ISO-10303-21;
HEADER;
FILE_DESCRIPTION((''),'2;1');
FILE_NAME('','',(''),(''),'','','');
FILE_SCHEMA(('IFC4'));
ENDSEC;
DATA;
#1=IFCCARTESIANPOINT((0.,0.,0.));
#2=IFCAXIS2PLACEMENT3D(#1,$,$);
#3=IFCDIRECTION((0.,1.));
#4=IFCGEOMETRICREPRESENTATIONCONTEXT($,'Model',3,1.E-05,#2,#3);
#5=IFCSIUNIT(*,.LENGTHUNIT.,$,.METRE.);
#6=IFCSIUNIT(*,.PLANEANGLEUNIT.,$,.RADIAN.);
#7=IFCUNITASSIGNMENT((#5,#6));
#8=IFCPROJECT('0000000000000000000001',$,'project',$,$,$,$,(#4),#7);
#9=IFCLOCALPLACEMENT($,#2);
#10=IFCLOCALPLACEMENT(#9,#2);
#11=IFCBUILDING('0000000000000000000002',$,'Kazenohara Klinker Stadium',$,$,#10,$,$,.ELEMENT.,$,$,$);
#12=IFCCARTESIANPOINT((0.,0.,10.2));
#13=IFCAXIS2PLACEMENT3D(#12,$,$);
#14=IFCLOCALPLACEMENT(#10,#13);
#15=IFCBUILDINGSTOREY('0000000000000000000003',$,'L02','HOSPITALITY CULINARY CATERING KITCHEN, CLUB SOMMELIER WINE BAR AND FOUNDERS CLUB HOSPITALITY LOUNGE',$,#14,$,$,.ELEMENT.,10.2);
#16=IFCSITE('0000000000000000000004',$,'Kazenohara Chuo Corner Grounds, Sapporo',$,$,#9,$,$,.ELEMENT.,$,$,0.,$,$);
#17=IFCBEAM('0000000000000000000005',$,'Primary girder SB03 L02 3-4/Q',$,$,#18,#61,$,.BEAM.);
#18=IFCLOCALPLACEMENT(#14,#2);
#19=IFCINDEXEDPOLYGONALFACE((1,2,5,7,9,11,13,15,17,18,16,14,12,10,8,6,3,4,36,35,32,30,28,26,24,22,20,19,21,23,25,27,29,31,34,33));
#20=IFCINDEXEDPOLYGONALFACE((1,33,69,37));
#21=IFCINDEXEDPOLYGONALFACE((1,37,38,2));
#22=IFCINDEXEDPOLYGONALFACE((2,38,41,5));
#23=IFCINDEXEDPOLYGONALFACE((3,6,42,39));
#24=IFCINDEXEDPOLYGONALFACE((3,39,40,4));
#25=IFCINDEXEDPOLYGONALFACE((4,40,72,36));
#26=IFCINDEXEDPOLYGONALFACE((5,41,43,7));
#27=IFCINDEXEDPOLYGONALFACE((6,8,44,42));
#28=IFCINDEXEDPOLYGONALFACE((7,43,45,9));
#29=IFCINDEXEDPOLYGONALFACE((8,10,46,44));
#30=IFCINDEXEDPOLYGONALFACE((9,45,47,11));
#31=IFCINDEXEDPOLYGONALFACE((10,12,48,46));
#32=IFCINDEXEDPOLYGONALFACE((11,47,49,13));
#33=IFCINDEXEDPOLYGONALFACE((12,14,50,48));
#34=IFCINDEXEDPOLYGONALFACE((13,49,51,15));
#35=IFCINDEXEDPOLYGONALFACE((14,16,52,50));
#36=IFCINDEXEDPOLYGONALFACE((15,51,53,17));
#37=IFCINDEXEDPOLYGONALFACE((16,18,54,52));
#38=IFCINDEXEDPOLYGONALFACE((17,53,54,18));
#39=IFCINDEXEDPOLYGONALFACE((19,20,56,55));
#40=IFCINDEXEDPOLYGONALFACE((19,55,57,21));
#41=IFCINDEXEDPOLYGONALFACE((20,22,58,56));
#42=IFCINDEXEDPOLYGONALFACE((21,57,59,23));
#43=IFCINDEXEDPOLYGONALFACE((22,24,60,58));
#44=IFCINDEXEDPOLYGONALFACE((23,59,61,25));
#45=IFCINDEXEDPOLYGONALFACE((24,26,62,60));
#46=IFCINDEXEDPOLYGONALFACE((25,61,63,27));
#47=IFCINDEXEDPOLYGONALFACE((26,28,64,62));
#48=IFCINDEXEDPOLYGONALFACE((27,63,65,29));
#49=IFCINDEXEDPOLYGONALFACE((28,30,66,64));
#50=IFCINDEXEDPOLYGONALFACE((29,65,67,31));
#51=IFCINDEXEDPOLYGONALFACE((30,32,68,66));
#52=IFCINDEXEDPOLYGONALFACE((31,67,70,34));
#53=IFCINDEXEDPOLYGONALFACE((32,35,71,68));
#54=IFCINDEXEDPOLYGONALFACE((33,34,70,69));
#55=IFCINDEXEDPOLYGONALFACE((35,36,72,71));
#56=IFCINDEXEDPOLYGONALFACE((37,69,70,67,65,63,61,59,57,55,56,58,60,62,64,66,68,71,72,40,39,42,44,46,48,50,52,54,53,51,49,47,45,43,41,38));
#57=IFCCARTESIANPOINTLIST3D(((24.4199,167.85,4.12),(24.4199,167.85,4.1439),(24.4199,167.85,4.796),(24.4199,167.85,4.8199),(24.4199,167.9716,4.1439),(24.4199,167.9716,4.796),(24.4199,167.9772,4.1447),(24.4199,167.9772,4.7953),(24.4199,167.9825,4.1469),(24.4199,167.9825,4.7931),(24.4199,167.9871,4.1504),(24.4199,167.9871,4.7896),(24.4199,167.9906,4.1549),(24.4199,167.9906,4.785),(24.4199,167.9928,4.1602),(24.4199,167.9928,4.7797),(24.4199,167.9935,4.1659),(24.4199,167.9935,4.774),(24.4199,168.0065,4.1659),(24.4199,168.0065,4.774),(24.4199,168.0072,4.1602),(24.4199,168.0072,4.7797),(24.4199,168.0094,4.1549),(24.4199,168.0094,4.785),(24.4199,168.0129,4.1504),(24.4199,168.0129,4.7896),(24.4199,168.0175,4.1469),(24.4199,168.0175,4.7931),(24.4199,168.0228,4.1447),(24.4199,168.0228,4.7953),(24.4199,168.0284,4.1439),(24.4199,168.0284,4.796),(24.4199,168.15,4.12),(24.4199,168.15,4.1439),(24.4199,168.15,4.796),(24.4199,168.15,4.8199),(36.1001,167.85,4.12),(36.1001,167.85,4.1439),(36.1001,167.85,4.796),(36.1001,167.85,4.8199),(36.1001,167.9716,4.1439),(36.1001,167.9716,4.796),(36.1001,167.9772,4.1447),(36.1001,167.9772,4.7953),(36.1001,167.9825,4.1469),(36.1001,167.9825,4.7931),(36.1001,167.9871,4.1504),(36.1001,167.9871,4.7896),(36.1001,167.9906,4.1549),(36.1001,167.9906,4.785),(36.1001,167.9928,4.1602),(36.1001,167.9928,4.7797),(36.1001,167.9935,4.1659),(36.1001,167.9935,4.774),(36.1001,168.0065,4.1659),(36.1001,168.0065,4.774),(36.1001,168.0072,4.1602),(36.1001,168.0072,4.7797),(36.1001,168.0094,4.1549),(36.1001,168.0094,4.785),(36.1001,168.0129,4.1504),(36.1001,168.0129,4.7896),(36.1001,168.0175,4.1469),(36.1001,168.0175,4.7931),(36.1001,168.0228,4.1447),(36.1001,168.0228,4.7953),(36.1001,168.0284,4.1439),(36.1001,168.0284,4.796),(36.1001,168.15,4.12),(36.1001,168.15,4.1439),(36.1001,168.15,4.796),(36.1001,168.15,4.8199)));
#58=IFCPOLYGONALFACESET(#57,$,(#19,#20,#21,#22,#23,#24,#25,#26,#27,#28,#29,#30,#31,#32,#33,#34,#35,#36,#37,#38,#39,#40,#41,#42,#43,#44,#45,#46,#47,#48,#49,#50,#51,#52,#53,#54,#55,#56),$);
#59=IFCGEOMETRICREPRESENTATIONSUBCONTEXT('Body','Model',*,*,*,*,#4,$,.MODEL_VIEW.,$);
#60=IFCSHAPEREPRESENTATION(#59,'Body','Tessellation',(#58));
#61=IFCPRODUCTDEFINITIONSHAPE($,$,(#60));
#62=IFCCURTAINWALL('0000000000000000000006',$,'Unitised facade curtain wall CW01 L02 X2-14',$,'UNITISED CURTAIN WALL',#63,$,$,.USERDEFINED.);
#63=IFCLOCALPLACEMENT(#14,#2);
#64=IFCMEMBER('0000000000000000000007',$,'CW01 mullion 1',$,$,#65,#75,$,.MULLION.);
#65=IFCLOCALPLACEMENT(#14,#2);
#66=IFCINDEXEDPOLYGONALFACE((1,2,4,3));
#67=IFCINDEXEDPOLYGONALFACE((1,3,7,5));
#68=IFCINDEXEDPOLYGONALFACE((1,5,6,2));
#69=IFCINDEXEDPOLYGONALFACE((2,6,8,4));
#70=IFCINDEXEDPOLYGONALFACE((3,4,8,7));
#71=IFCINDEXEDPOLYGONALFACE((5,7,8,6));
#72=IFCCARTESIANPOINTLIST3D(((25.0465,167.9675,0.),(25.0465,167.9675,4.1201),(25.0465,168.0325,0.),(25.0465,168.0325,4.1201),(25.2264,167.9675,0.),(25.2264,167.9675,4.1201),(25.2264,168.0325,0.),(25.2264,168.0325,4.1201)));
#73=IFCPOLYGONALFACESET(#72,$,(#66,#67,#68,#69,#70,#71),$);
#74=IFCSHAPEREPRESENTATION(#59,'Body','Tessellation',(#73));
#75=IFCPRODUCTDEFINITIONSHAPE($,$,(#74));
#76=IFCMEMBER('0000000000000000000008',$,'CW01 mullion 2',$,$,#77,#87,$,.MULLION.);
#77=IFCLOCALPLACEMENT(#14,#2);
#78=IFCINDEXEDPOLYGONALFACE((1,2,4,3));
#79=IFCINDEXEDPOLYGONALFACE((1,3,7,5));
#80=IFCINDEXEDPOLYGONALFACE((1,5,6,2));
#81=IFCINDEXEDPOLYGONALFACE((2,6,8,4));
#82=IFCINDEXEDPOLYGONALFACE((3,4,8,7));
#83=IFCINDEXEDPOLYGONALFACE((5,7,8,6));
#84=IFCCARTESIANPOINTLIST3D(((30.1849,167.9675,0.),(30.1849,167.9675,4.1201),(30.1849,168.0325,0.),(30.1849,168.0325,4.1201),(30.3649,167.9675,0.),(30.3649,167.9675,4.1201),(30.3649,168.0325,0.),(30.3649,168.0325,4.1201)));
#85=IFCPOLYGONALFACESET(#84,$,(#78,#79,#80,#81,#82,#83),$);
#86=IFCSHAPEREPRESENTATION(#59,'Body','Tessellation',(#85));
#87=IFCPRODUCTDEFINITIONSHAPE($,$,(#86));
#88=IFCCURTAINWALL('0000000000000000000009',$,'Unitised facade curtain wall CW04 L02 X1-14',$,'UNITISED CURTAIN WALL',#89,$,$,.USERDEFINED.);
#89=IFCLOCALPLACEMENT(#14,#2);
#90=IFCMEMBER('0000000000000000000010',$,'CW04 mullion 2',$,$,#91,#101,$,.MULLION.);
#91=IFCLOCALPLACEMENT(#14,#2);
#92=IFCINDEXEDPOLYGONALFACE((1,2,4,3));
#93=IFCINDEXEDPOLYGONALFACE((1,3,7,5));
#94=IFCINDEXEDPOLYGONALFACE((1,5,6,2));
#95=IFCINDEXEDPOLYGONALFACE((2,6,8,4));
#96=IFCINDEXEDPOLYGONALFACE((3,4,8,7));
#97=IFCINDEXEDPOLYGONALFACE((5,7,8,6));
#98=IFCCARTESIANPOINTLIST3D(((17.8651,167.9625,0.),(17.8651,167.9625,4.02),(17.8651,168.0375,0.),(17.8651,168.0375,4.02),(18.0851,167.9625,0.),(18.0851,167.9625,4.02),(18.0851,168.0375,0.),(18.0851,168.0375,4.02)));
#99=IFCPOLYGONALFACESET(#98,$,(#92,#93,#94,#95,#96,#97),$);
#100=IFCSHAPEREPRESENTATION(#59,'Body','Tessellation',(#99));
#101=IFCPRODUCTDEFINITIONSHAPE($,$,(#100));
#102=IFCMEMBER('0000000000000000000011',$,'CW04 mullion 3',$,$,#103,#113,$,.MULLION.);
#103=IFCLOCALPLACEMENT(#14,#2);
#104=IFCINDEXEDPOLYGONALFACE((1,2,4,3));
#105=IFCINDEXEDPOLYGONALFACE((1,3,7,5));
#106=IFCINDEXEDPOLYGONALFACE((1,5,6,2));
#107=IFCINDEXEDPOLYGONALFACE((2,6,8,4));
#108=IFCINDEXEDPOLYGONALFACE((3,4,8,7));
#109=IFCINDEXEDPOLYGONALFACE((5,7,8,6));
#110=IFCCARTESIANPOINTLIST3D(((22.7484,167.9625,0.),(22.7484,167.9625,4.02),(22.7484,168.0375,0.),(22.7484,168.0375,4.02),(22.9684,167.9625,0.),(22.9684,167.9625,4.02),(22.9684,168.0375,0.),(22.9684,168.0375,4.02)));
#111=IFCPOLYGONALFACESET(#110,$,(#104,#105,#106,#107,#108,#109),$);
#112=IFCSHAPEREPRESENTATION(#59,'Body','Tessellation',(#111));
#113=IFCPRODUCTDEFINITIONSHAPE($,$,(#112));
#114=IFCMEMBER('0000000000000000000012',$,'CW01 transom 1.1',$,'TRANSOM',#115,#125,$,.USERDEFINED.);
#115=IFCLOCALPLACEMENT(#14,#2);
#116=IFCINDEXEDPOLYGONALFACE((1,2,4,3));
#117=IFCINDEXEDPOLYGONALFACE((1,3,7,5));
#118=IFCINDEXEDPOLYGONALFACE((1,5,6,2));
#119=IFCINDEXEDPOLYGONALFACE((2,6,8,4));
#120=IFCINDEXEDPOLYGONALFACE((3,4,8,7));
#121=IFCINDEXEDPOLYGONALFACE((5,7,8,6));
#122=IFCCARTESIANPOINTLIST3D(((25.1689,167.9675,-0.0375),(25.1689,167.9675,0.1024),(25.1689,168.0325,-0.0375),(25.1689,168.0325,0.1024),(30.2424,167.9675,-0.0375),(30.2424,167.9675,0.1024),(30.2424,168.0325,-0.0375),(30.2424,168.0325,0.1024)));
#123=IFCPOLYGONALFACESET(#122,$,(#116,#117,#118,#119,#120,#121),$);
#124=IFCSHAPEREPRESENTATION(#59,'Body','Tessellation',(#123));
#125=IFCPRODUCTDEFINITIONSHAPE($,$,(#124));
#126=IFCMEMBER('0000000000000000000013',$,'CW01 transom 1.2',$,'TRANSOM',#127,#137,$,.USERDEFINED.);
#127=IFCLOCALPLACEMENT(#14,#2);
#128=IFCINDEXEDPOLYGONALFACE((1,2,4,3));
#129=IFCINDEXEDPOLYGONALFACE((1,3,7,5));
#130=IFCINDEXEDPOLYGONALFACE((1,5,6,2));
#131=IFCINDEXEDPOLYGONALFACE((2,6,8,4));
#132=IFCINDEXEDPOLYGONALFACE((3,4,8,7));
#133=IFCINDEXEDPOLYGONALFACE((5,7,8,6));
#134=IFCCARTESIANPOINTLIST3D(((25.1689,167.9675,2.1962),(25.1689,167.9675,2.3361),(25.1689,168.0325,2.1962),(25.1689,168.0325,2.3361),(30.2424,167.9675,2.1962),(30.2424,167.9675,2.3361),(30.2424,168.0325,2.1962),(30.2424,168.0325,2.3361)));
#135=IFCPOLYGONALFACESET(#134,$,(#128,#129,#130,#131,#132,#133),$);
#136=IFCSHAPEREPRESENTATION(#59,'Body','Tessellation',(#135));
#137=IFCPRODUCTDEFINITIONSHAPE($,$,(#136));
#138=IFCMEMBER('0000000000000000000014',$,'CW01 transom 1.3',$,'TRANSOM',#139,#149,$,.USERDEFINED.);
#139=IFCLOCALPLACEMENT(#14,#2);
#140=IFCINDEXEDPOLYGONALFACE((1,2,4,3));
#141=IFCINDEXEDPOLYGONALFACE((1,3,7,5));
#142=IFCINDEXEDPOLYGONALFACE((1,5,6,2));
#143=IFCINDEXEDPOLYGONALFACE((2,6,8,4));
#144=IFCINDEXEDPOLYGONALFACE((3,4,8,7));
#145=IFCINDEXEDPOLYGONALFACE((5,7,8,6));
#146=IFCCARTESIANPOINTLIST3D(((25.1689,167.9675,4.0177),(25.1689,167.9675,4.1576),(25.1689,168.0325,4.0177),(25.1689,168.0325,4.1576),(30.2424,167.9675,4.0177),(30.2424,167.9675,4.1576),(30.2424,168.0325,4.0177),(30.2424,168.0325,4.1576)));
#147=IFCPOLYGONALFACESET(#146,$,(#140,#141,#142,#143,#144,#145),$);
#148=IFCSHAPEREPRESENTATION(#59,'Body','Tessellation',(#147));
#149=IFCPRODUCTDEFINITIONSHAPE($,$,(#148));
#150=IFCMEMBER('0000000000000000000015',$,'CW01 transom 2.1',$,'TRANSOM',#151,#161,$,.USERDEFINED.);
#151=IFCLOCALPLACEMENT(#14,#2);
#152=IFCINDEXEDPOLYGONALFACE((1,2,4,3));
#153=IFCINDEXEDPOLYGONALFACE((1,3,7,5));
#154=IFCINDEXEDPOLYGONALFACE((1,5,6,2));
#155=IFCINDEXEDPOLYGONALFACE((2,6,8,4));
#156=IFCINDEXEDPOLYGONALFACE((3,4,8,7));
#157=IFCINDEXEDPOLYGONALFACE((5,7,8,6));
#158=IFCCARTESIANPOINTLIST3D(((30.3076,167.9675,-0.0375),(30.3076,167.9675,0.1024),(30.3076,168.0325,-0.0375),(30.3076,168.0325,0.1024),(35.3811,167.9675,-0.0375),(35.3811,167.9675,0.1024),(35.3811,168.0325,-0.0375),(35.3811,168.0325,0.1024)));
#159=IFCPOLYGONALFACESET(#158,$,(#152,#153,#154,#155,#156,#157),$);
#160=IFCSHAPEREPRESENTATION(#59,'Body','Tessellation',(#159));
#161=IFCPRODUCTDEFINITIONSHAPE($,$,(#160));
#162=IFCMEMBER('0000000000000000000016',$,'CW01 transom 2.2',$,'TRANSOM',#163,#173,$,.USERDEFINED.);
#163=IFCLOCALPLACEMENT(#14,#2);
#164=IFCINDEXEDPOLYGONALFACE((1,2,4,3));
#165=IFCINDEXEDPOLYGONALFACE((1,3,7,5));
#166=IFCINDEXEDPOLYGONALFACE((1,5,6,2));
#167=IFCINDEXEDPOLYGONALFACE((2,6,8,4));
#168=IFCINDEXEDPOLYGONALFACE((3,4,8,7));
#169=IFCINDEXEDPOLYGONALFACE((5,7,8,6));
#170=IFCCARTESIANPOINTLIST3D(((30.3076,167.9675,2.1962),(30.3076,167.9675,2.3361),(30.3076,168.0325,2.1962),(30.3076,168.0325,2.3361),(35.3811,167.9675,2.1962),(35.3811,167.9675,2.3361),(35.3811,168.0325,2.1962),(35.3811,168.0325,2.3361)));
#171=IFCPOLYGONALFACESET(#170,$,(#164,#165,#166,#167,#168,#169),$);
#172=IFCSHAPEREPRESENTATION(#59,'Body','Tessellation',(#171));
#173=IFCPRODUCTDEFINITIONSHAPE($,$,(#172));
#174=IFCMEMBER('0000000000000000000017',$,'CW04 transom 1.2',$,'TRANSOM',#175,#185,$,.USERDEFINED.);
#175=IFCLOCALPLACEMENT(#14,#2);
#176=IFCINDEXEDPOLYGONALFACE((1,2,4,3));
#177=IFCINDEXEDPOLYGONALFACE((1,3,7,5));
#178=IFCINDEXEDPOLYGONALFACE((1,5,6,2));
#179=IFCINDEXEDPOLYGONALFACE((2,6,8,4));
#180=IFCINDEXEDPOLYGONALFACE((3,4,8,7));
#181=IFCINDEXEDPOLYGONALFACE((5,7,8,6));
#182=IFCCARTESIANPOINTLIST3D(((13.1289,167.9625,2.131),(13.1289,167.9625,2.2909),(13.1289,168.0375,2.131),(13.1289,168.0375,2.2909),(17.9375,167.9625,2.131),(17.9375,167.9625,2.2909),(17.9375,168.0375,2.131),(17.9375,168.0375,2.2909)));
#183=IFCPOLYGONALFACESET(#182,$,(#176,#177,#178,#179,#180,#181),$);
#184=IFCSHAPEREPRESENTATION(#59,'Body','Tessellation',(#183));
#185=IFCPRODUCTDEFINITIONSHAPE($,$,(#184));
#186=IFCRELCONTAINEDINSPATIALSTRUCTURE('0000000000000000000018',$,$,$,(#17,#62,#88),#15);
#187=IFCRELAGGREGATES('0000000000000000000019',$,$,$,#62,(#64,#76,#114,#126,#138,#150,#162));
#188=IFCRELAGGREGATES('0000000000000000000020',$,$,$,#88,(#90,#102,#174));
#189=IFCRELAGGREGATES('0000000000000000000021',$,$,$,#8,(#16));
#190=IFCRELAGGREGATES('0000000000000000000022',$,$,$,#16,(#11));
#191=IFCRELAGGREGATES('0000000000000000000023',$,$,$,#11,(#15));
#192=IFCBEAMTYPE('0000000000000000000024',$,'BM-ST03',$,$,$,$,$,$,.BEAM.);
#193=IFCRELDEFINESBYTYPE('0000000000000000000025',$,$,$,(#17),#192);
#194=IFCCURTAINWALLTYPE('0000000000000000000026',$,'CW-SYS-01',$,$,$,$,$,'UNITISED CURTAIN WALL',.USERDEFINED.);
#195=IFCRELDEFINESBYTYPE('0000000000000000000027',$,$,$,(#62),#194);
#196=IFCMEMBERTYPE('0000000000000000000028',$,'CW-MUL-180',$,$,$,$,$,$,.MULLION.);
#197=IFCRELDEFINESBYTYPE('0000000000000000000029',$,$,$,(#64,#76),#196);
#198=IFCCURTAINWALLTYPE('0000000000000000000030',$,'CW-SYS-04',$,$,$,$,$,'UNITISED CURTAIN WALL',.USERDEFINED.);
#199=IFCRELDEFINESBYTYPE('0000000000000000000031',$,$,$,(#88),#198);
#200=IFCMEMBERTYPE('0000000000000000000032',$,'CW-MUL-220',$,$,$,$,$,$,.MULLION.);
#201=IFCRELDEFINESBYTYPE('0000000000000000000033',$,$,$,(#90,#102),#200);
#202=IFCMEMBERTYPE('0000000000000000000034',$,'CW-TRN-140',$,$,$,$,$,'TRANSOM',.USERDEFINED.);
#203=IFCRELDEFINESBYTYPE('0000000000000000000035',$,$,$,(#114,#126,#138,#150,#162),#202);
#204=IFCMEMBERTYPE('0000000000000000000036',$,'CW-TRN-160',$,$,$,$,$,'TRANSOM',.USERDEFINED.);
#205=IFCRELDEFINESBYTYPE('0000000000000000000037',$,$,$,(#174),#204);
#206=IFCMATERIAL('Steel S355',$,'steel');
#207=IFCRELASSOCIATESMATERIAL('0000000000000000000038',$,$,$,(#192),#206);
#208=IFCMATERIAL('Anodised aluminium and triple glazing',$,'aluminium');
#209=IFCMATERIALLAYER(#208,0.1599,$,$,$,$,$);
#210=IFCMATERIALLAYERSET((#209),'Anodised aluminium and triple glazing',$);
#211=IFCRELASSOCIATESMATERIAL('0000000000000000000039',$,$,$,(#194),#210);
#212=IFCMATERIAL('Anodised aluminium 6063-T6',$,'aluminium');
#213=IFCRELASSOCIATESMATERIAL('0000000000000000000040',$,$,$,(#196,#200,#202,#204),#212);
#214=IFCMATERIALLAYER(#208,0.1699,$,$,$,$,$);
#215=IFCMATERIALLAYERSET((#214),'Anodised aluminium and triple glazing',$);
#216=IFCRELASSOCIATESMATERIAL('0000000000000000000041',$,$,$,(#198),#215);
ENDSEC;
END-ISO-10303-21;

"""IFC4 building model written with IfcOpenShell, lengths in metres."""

from ifc_helpers import new_model, si_unit, direction, frame, origin, origin_2d, place, context, subcontext, project, spatial, rectangle, i_section, extrude, material, layer, layer_set, material_profile, profile_set, type_object, element, aggregate, save


model = new_model("IFC4")

# Units and contexts
model_context = context("Model", 3, precision=1e-05, world=origin(), true_north=direction((0.0, 1.0)))
body_context = subcontext(model_context, "Body", "Model", "MODEL_VIEW")
ifc_project = project(units=[si_unit("LENGTHUNIT", "METRE"), si_unit("PLANEANGLEUNIT", "RADIAN")], contexts=[model_context])

# Site, building, storey
site_placement = place(None, origin())
site = spatial("IfcSite", under=ifc_project, at=site_placement, Name="Kazenohara Chuo Corner Grounds, Sapporo", CompositionType="ELEMENT", RefElevation=0.0)
building_placement = place(site_placement, origin())
building = spatial("IfcBuilding", under=site, at=building_placement, Name="Kazenohara Klinker Stadium", CompositionType="ELEMENT")
storey_placement = place(building_placement, frame((0.0, 0.0, 10.2)))
storey = spatial("IfcBuildingStorey", under=building, at=storey_placement, Name="L02", Description="HOSPITALITY CULINARY CATERING KITCHEN, CLUB SOMMELIER WINE BAR AND FOUNDERS CLUB HOSPITALITY LOUNGE", CompositionType="ELEMENT", Elevation=10.2)

# Beam
ifc_material_1 = material(Name="Steel S355", Category="steel")
ifc_material_profile_1 = material_profile(ifc_material_1, i_section(OverallWidth=0.3, OverallDepth=0.7, WebThickness=0.0129, FlangeThickness=0.0239, FilletRadius=0.022, at=origin_2d()), Name="H-700x300x13x24")
ifc_profile_set_1 = profile_set([ifc_material_profile_1], Name="Steel S355")
beam_type_1 = type_object("IfcBeamType", Name="BM-ST03", PredefinedType="BEAM", material=ifc_profile_set_1)
beam_1_placement = place(storey_placement, frame((24.4199, 168.0, 4.47), z_axis=(1.0, 0.0, 0.0), x_axis=(0.0, 1.0, 0.0)))
element("IfcBeam", 1, at=beam_1_placement, inside=storey, type_object=beam_type_1, Name="Primary girder SB03 L02 3-4/Q", PredefinedType="BEAM", context=body_context, shape_type="SweptSolid", body=[
    extrude(i_section(OverallWidth=0.3, OverallDepth=0.7, WebThickness=0.0129, FlangeThickness=0.0239, FilletRadius=0.022, at=origin_2d()), origin(), (0.0, 0.0, 1.0), 11.6802),
])

# Curtain walls, members
ifc_material_2 = material(Name="Anodised aluminium and triple glazing", Category="aluminium")
ifc_layer_1 = layer(ifc_material_2, 0.1599)
ifc_layer_set_1 = layer_set([ifc_layer_1], Name="Anodised aluminium and triple glazing")
curtain_wall_type_1 = type_object("IfcCurtainWallType", Name="CW-SYS-01", ElementType="UNITISED CURTAIN WALL", PredefinedType="USERDEFINED", material=ifc_layer_set_1)
curtain_wall_1_placement = place(storey_placement, origin())
curtain_wall_1 = element("IfcCurtainWall", 2, at=curtain_wall_1_placement, inside=storey, type_object=curtain_wall_type_1, Name="Unitised facade curtain wall CW01 L02 X2-14", ObjectType="UNITISED CURTAIN WALL", PredefinedType="USERDEFINED")
ifc_material_3 = material(Name="Anodised aluminium 6063-T6", Category="aluminium")
ifc_material_profile_2 = material_profile(ifc_material_3, rectangle(XDim=0.0649, YDim=0.1799, at=origin_2d()), Name="ALU-MUL-65x180")
ifc_profile_set_2 = profile_set([ifc_material_profile_2], Name="Anodised aluminium 6063-T6")
member_type_1 = type_object("IfcMemberType", Name="CW-MUL-180", PredefinedType="MULLION", material=ifc_profile_set_2)
member_1_placement = place(storey_placement, frame((25.1365, 168.0, 0.0), z_axis=(0.0, 0.0, 1.0), x_axis=(0.0, 1.0, 0.0)))
member_1 = element("IfcMember", 3, at=member_1_placement, type_object=member_type_1, Name="CW01 mullion 1", PredefinedType="MULLION", context=body_context, shape_type="SweptSolid", body=[
    extrude(rectangle(XDim=0.0649, YDim=0.1799, at=origin_2d()), origin(), (0.0, 0.0, 1.0), 4.1201),
])
member_2_placement = place(storey_placement, frame((30.2749, 168.0, 0.0), z_axis=(0.0, 0.0, 1.0), x_axis=(0.0, 1.0, 0.0)))
member_2 = element("IfcMember", 4, at=member_2_placement, type_object=member_type_1, Name="CW01 mullion 2", PredefinedType="MULLION", context=body_context, shape_type="SweptSolid", body=[
    extrude(rectangle(XDim=0.0649, YDim=0.1799, at=origin_2d()), origin(), (0.0, 0.0, 1.0), 4.1201),
])
ifc_layer_2 = layer(ifc_material_2, 0.1699)
ifc_layer_set_2 = layer_set([ifc_layer_2], Name="Anodised aluminium and triple glazing")
curtain_wall_type_2 = type_object("IfcCurtainWallType", Name="CW-SYS-04", ElementType="UNITISED CURTAIN WALL", PredefinedType="USERDEFINED", material=ifc_layer_set_2)
curtain_wall_2_placement = place(storey_placement, origin())
curtain_wall_2 = element("IfcCurtainWall", 5, at=curtain_wall_2_placement, inside=storey, type_object=curtain_wall_type_2, Name="Unitised facade curtain wall CW04 L02 X1-14", ObjectType="UNITISED CURTAIN WALL", PredefinedType="USERDEFINED")
ifc_material_profile_3 = material_profile(ifc_material_3, rectangle(XDim=0.075, YDim=0.22, at=origin_2d()), Name="ALU-MUL-75x220")
ifc_profile_set_3 = profile_set([ifc_material_profile_3], Name="Anodised aluminium 6063-T6")
member_type_2 = type_object("IfcMemberType", Name="CW-MUL-220", PredefinedType="MULLION", material=ifc_profile_set_3)
member_3_placement = place(storey_placement, frame((17.9751, 168.0, 0.0), z_axis=(0.0, 0.0, 1.0), x_axis=(0.0, 1.0, 0.0)))
member_3 = element("IfcMember", 6, at=member_3_placement, type_object=member_type_2, Name="CW04 mullion 2", PredefinedType="MULLION", context=body_context, shape_type="SweptSolid", body=[
    extrude(rectangle(XDim=0.075, YDim=0.22, at=origin_2d()), origin(), (0.0, 0.0, 1.0), 4.02),
])
member_4_placement = place(storey_placement, frame((22.8584, 168.0, 0.0), z_axis=(0.0, 0.0, 1.0), x_axis=(0.0, 1.0, 0.0)))
member_4 = element("IfcMember", 7, at=member_4_placement, type_object=member_type_2, Name="CW04 mullion 3", PredefinedType="MULLION", context=body_context, shape_type="SweptSolid", body=[
    extrude(rectangle(XDim=0.075, YDim=0.22, at=origin_2d()), origin(), (0.0, 0.0, 1.0), 4.02),
])

# Members
ifc_material_profile_4 = material_profile(ifc_material_3, rectangle(XDim=0.0649, YDim=0.1399, at=origin_2d()), Name="ALU-TRN-65x140")
ifc_profile_set_4 = profile_set([ifc_material_profile_4], Name="Anodised aluminium 6063-T6")
member_type_3 = type_object("IfcMemberType", Name="CW-TRN-140", ElementType="TRANSOM", PredefinedType="USERDEFINED", material=ifc_profile_set_4)
member_5_placement = place(storey_placement, frame((25.1689, 168.0, 0.0325), z_axis=(1.0, 0.0, 0.0), x_axis=(0.0, 1.0, 0.0)))
member_5 = element("IfcMember", 8, at=member_5_placement, type_object=member_type_3, Name="CW01 transom 1.1", ObjectType="TRANSOM", PredefinedType="USERDEFINED", context=body_context, shape_type="SweptSolid", body=[
    extrude(rectangle(XDim=0.0649, YDim=0.1399, at=origin_2d()), origin(), (0.0, 0.0, 1.0), 5.0735),
])
member_6_placement = place(storey_placement, frame((25.1689, 168.0, 2.2661), z_axis=(1.0, 0.0, 0.0), x_axis=(0.0, 1.0, 0.0)))
member_6 = element("IfcMember", 9, at=member_6_placement, type_object=member_type_3, Name="CW01 transom 1.2", ObjectType="TRANSOM", PredefinedType="USERDEFINED", context=body_context, shape_type="SweptSolid", body=[
    extrude(rectangle(XDim=0.0649, YDim=0.1399, at=origin_2d()), origin(), (0.0, 0.0, 1.0), 5.0735),
])
member_7_placement = place(storey_placement, frame((25.1689, 168.0, 4.0876), z_axis=(1.0, 0.0, 0.0), x_axis=(0.0, 1.0, 0.0)))
member_7 = element("IfcMember", 10, at=member_7_placement, type_object=member_type_3, Name="CW01 transom 1.3", ObjectType="TRANSOM", PredefinedType="USERDEFINED", context=body_context, shape_type="SweptSolid", body=[
    extrude(rectangle(XDim=0.0649, YDim=0.1399, at=origin_2d()), origin(), (0.0, 0.0, 1.0), 5.0735),
])
member_8_placement = place(storey_placement, frame((30.3076, 168.0, 0.0325), z_axis=(1.0, 0.0, 0.0), x_axis=(0.0, 1.0, 0.0)))
member_8 = element("IfcMember", 11, at=member_8_placement, type_object=member_type_3, Name="CW01 transom 2.1", ObjectType="TRANSOM", PredefinedType="USERDEFINED", context=body_context, shape_type="SweptSolid", body=[
    extrude(rectangle(XDim=0.0649, YDim=0.1399, at=origin_2d()), origin(), (0.0, 0.0, 1.0), 5.0735),
])
member_9_placement = place(storey_placement, frame((30.3076, 168.0, 2.2661), z_axis=(1.0, 0.0, 0.0), x_axis=(0.0, 1.0, 0.0)))
member_9 = element("IfcMember", 12, at=member_9_placement, type_object=member_type_3, Name="CW01 transom 2.2", ObjectType="TRANSOM", PredefinedType="USERDEFINED", context=body_context, shape_type="SweptSolid", body=[
    extrude(rectangle(XDim=0.0649, YDim=0.1399, at=origin_2d()), origin(), (0.0, 0.0, 1.0), 5.0735),
])
ifc_material_profile_5 = material_profile(ifc_material_3, rectangle(XDim=0.075, YDim=0.1599, at=origin_2d()), Name="ALU-TRN-75x160")
ifc_profile_set_5 = profile_set([ifc_material_profile_5], Name="Anodised aluminium 6063-T6")
member_type_4 = type_object("IfcMemberType", Name="CW-TRN-160", ElementType="TRANSOM", PredefinedType="USERDEFINED", material=ifc_profile_set_5)
member_10_placement = place(storey_placement, frame((13.1289, 168.0, 2.2109), z_axis=(1.0, 0.0, 0.0), x_axis=(0.0, 1.0, 0.0)))
member_10 = element("IfcMember", 13, at=member_10_placement, type_object=member_type_4, Name="CW04 transom 1.2", ObjectType="TRANSOM", PredefinedType="USERDEFINED", context=body_context, shape_type="SweptSolid", body=[
    extrude(rectangle(XDim=0.075, YDim=0.1599, at=origin_2d()), origin(), (0.0, 0.0, 1.0), 4.8086),
])

aggregate(curtain_wall_1, [member_1, member_2, member_5, member_6, member_7, member_8, member_9])
aggregate(curtain_wall_2, [member_3, member_4, member_10])

save(model, "model.ifc")
